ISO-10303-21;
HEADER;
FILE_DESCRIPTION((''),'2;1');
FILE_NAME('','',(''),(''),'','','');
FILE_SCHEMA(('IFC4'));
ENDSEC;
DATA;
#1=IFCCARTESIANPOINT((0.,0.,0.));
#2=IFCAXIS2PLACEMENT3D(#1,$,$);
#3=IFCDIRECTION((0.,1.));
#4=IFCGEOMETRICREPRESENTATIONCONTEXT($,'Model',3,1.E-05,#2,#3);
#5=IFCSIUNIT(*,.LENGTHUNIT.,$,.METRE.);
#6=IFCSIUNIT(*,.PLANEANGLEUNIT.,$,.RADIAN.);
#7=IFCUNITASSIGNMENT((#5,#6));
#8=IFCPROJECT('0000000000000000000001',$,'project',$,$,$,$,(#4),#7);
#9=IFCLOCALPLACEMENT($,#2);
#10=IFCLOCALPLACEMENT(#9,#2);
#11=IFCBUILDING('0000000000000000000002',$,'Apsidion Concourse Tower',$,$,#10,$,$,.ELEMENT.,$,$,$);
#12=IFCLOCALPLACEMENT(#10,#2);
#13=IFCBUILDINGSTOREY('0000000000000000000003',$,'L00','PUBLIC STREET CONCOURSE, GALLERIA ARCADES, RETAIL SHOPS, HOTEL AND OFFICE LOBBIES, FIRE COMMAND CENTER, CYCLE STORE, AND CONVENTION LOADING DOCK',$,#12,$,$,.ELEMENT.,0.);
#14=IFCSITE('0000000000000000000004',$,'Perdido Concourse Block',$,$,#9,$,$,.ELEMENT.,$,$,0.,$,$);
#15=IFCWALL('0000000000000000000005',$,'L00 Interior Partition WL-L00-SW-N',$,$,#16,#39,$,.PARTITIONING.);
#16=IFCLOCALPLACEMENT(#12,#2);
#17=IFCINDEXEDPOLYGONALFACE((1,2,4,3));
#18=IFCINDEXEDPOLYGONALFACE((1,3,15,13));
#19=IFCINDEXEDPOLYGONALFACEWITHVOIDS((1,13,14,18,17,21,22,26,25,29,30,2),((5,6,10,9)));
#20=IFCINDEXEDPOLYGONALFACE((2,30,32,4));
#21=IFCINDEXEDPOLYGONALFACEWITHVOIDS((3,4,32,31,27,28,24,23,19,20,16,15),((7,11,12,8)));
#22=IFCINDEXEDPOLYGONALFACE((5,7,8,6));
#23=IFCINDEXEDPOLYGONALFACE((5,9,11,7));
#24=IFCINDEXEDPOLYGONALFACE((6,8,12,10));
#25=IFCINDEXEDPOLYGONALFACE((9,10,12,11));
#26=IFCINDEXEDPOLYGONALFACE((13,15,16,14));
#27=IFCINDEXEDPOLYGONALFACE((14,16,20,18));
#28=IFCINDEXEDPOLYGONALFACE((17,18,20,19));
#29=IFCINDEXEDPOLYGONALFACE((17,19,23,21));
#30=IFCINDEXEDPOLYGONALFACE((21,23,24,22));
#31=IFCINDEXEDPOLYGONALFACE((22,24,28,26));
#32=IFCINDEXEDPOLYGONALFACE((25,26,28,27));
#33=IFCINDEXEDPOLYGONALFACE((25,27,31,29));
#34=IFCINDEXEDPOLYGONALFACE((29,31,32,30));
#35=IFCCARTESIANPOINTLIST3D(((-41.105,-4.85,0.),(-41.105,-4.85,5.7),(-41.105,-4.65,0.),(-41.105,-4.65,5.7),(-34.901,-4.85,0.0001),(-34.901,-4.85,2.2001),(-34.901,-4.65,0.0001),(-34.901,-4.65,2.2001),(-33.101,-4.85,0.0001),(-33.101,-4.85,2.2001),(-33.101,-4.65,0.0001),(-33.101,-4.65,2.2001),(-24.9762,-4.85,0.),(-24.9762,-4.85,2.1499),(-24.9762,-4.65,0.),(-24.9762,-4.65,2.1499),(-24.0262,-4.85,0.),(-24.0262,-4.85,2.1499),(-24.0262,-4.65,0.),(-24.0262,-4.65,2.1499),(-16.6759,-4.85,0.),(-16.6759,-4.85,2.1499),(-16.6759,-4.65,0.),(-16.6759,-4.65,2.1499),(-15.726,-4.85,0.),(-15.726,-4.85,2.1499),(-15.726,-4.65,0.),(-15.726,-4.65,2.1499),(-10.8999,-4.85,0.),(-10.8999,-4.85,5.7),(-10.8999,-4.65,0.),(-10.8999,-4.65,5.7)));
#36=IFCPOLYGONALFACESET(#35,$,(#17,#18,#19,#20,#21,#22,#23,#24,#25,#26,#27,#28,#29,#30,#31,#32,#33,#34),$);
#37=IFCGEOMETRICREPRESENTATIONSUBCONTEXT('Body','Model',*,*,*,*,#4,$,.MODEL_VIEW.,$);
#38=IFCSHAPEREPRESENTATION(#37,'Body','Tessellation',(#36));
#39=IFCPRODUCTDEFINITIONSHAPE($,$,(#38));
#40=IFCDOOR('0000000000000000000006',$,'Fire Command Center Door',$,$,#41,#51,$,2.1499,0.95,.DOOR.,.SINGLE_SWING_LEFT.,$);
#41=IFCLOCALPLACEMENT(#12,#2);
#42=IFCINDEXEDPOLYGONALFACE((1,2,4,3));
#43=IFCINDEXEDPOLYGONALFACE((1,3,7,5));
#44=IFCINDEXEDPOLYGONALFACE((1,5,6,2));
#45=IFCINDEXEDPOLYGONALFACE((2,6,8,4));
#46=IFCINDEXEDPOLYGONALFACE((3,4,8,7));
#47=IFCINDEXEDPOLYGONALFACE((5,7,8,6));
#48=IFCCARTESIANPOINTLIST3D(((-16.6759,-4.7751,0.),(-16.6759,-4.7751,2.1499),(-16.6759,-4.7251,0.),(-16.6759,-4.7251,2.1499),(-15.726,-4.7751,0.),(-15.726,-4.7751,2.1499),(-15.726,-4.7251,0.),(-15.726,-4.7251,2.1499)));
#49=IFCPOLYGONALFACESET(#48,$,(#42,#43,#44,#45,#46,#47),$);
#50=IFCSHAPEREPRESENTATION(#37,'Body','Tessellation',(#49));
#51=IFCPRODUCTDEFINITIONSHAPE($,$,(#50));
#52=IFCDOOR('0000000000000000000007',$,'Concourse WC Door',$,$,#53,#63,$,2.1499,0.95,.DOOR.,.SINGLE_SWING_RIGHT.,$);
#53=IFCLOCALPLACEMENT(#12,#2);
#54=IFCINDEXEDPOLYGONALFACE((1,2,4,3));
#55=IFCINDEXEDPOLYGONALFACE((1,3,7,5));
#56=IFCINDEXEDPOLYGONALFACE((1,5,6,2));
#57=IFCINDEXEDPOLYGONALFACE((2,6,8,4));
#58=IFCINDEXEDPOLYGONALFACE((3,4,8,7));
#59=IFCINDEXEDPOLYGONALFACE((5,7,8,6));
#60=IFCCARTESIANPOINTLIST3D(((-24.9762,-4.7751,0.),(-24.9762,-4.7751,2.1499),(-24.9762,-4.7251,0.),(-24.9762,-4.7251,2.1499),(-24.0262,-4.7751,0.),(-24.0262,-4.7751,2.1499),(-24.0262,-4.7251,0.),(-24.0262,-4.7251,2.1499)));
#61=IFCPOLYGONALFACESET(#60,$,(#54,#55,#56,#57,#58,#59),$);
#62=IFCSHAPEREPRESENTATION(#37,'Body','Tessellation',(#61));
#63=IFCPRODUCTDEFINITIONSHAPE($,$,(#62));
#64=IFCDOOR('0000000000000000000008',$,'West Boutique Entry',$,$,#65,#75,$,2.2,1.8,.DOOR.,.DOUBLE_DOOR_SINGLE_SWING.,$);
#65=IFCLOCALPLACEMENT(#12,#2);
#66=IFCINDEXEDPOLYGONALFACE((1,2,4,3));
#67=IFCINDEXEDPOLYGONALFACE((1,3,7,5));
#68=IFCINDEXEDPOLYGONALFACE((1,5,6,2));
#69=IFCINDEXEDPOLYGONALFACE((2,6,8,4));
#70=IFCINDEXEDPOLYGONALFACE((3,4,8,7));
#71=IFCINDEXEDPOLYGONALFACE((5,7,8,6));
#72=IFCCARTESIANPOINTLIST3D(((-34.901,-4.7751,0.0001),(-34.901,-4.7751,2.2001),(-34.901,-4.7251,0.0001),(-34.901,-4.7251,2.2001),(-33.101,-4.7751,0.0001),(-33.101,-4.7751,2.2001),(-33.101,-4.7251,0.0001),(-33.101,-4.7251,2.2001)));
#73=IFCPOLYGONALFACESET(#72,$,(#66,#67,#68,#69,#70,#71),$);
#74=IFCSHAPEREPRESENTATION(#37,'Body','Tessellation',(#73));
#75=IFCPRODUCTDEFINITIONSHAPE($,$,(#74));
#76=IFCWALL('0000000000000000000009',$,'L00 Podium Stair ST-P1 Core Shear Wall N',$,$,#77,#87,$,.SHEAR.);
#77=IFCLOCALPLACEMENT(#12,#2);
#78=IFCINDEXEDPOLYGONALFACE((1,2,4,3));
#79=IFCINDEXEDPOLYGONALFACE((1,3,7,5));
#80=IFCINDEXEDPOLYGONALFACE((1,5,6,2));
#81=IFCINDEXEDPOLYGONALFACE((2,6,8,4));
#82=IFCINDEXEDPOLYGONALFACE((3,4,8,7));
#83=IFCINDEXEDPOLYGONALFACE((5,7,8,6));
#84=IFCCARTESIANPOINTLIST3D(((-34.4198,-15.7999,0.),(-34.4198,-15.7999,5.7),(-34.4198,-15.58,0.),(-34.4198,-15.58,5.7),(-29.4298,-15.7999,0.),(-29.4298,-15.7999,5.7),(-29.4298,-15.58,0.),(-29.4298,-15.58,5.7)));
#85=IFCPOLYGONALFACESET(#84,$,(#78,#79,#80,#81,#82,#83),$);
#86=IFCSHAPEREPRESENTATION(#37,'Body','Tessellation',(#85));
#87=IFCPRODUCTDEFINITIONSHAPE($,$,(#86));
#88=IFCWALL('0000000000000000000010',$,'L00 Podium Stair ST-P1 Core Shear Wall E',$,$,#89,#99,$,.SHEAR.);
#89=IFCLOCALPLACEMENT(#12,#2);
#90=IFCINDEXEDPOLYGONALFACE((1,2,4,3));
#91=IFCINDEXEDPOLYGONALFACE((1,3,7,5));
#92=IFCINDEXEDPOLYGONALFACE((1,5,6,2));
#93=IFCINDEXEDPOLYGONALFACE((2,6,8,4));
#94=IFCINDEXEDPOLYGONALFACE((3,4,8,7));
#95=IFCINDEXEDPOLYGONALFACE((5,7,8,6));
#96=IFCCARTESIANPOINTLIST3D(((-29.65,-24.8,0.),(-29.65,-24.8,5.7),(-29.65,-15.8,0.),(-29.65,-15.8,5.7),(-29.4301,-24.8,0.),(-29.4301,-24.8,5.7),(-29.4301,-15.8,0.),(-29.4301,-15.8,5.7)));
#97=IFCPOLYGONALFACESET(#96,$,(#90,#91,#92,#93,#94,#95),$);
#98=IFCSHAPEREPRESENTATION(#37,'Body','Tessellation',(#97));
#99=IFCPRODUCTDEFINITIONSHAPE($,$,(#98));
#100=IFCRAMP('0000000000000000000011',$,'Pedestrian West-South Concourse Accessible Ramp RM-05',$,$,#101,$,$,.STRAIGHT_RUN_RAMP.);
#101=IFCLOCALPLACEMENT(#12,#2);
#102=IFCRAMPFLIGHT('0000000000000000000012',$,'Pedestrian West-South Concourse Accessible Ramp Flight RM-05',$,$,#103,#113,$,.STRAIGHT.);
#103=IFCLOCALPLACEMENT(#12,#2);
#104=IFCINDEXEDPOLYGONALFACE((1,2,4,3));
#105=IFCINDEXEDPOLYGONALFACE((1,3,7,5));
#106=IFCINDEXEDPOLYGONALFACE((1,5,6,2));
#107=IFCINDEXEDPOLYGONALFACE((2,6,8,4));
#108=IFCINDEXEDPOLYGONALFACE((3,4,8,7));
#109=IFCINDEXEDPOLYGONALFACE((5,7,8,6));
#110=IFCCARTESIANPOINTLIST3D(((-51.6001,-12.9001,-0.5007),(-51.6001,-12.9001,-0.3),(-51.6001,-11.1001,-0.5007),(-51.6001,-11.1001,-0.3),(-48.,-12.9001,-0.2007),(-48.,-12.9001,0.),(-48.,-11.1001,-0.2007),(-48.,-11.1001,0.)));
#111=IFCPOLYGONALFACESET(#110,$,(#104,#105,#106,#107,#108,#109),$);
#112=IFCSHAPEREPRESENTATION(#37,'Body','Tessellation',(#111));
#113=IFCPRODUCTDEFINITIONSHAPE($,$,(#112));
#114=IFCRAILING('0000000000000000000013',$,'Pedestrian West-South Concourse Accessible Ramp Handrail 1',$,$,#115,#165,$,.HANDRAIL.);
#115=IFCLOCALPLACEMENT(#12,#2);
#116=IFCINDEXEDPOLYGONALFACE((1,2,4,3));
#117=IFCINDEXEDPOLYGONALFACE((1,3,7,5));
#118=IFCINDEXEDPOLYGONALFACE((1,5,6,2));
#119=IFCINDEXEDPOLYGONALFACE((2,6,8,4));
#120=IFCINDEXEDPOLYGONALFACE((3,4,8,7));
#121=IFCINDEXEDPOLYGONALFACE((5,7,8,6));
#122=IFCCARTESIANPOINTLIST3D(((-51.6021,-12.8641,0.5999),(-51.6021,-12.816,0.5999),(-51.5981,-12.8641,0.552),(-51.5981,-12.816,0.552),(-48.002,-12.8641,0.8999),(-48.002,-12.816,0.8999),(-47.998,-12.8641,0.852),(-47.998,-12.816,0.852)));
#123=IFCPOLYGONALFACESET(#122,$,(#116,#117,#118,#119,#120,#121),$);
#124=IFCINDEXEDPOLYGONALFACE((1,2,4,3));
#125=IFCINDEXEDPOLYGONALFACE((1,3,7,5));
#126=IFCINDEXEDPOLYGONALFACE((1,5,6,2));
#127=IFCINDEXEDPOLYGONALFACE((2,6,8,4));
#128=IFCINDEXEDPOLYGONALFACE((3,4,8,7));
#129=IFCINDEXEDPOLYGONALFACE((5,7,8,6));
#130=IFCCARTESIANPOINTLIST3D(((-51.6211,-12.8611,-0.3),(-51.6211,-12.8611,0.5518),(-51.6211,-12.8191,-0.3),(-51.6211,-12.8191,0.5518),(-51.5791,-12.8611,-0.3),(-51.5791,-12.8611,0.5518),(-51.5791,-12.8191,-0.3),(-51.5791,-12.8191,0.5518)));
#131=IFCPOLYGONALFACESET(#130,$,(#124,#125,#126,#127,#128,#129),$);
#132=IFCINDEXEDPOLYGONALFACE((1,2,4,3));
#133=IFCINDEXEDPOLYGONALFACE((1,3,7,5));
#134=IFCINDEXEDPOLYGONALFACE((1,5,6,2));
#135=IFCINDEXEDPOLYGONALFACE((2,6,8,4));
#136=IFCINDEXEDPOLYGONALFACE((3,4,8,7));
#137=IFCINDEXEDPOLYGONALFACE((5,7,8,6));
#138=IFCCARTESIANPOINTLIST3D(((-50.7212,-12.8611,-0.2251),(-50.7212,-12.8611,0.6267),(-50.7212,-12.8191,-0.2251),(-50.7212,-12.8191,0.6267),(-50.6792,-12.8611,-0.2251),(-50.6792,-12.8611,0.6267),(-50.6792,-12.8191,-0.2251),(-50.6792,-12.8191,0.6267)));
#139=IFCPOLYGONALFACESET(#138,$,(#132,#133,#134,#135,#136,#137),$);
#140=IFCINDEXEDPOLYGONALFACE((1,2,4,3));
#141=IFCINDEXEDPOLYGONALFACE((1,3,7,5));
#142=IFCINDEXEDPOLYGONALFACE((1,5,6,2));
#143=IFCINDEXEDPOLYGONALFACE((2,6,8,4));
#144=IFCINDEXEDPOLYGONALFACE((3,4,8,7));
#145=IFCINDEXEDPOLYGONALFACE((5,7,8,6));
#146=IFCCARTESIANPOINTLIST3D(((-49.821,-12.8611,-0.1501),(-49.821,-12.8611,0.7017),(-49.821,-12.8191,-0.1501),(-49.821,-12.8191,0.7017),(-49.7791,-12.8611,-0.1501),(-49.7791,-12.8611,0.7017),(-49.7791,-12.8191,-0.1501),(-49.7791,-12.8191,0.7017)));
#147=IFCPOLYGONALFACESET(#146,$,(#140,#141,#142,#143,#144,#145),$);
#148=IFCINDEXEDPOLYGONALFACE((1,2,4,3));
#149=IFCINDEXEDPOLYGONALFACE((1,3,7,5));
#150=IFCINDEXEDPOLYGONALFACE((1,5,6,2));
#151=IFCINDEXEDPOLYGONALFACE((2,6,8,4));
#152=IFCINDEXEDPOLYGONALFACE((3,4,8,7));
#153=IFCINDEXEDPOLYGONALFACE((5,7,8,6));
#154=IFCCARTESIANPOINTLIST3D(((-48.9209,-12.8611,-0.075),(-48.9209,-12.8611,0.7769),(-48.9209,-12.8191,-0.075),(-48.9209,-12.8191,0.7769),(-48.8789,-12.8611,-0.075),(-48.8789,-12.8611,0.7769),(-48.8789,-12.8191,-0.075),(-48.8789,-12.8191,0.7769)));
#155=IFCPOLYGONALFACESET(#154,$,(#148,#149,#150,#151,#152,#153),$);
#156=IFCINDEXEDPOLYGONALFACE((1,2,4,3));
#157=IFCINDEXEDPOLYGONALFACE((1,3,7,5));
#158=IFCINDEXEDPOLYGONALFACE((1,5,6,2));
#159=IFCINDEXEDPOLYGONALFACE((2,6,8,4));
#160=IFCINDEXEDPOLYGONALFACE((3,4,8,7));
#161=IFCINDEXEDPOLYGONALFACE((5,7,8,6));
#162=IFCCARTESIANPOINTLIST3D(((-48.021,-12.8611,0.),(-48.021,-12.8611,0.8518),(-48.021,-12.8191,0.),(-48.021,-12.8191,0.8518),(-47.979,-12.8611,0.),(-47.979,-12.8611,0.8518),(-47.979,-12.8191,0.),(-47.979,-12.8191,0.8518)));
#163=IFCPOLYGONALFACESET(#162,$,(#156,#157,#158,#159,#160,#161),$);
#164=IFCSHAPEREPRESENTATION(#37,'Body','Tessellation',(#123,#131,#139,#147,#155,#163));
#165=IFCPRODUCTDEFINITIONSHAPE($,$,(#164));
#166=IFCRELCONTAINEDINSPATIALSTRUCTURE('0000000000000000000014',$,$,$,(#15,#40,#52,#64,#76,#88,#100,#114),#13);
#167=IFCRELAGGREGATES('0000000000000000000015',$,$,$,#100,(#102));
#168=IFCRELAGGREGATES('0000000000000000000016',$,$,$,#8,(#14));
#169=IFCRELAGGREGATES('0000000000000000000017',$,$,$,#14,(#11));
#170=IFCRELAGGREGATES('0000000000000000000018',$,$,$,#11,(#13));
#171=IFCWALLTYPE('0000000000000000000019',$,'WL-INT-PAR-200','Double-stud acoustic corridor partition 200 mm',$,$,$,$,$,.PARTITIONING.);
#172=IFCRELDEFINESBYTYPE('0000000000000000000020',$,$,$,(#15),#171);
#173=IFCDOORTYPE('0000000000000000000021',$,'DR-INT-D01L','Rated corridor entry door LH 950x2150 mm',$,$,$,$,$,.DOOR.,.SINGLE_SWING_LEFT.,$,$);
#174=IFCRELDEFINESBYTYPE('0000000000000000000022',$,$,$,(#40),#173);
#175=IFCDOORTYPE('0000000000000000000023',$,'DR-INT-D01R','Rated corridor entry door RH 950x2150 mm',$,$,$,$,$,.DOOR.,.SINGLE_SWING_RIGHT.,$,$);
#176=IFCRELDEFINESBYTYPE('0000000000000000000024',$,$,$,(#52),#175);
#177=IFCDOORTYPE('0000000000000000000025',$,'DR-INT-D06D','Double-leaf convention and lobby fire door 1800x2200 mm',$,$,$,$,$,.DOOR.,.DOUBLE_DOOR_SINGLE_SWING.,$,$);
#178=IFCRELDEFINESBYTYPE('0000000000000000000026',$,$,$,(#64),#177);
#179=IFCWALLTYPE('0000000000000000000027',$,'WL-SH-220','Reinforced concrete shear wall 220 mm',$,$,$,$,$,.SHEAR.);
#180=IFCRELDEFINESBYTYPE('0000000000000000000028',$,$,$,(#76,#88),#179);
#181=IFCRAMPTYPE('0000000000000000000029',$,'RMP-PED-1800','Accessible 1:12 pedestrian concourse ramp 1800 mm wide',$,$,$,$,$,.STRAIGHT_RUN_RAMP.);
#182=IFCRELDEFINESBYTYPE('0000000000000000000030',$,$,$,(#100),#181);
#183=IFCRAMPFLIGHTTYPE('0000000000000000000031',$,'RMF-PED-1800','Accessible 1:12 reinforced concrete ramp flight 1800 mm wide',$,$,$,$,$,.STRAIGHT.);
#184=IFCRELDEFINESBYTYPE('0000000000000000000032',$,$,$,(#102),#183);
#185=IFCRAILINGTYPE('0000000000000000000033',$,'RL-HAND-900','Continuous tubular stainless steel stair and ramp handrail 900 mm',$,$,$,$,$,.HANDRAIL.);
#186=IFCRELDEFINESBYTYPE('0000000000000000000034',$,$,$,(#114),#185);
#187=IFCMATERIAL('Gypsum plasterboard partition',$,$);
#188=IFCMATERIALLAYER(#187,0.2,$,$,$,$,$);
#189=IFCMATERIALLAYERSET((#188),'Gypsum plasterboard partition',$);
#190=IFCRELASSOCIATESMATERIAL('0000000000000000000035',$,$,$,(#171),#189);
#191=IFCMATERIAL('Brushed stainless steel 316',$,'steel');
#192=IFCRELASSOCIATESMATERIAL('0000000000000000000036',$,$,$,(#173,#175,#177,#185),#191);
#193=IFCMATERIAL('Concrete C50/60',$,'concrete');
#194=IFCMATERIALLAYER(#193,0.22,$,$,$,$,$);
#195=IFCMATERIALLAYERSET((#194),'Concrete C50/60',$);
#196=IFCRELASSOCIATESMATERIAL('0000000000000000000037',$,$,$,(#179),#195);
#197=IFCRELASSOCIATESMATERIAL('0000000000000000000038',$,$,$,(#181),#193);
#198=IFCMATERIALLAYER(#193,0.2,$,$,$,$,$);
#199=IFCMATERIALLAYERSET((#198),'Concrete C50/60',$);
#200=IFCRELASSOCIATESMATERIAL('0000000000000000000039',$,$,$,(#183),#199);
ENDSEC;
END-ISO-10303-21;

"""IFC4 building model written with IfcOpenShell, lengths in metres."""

from ifc_helpers import new_model, si_unit, direction, frame, frame_2d, origin, origin_2d, place, context, subcontext, project, spatial, polyline, rectangle, outline, extrude, material, layer, layer_set, type_object, element, fill, aggregate, save


model = new_model("IFC4")

# Units and contexts
model_context = context("Model", 3, precision=1e-05, world=origin(), true_north=direction((0.0, 1.0)))
body_context = subcontext(model_context, "Body", "Model", "MODEL_VIEW")
ifc_project = project(units=[si_unit("LENGTHUNIT", "METRE"), si_unit("PLANEANGLEUNIT", "RADIAN")], contexts=[model_context])

# Site, building, storey
site_placement = place(None, origin())
site = spatial("IfcSite", under=ifc_project, at=site_placement, Name="Perdido Concourse Block", CompositionType="ELEMENT", RefElevation=0.0)
building_placement = place(site_placement, origin())
building = spatial("IfcBuilding", under=site, at=building_placement, Name="Apsidion Concourse Tower", CompositionType="ELEMENT")
storey_placement = place(building_placement, origin())
storey = spatial("IfcBuildingStorey", under=building, at=storey_placement, Name="L00", Description="PUBLIC STREET CONCOURSE, GALLERIA ARCADES, RETAIL SHOPS, HOTEL AND OFFICE LOBBIES, FIRE COMMAND CENTER, CYCLE STORE, AND CONVENTION LOADING DOCK", CompositionType="ELEMENT", Elevation=0.0)

# Shared definitions
ifc_material_1 = material(Name="Gypsum plasterboard partition")

# Wall, openings, doors
ifc_layer_1 = layer(ifc_material_1, 0.2)
ifc_layer_set_1 = layer_set([ifc_layer_1], Name="Gypsum plasterboard partition")
wall_type_1 = type_object("IfcWallType", Name="WL-INT-PAR-200", Description="Double-stud acoustic corridor partition 200 mm", PredefinedType="PARTITIONING", material=ifc_layer_set_1)
wall_1_placement = place(storey_placement, frame((-41.105, -4.75, 0.0), z_axis=(0.0, 0.0, 1.0), x_axis=(1.0, 0.0, 0.0)))
wall_1 = element("IfcWall", 1, at=wall_1_placement, inside=storey, type_object=wall_type_1, Name="L00 Interior Partition WL-L00-SW-N", PredefinedType="PARTITIONING", context=body_context, shape_type="SweptSolid", body=[
    extrude(rectangle(XDim=30.2051, YDim=0.2, at=frame_2d((15.1025, 0.0))), origin(), (0.0, 0.0, 1.0), 5.7),
])
opening_1_placement = place(wall_1_placement, frame((24.429, 0.0, 0.0)))
opening_1 = element("IfcOpeningElement", 2, at=opening_1_placement, cuts=wall_1, PredefinedType="OPENING", context=body_context, shape_type="SweptSolid", body=[
    extrude(rectangle(XDim=0.95, YDim=2.1499, at=frame_2d((0.4751, 1.075))), frame((0.0, 0.1099, 0.0), z_axis=(0.0, -1.0, 0.0), x_axis=(1.0, 0.0, 0.0)), (0.0, 0.0, 1.0), 0.22),
])
opening_2_placement = place(wall_1_placement, frame((16.1287, 0.0, 0.0)))
opening_2 = element("IfcOpeningElement", 3, at=opening_2_placement, cuts=wall_1, PredefinedType="OPENING", context=body_context, shape_type="SweptSolid", body=[
    extrude(rectangle(XDim=0.95, YDim=2.1499, at=frame_2d((0.4751, 1.075))), frame((0.0, 0.1099, 0.0), z_axis=(0.0, -1.0, 0.0), x_axis=(1.0, 0.0, 0.0)), (0.0, 0.0, 1.0), 0.22),
])
opening_3_placement = place(wall_1_placement, frame((6.2041, 0.0, 0.0)))
opening_3 = element("IfcOpeningElement", 4, at=opening_3_placement, cuts=wall_1, PredefinedType="OPENING", context=body_context, shape_type="SweptSolid", body=[
    extrude(rectangle(XDim=1.8, YDim=2.2, at=frame_2d((0.8999, 1.1001))), frame((0.0, 0.1099, 0.0), z_axis=(0.0, -1.0, 0.0), x_axis=(1.0, 0.0, 0.0)), (0.0, 0.0, 1.0), 0.22),
])
ifc_material_2 = material(Name="Brushed stainless steel 316", Category="steel")
door_type_1 = type_object("IfcDoorType", Name="DR-INT-D01L", Description="Rated corridor entry door LH 950x2150 mm", OperationType="SINGLE_SWING_LEFT", PredefinedType="DOOR", material=ifc_material_2)
door_1_placement = place(opening_1_placement, origin())
door_1 = element("IfcDoor", 5, at=door_1_placement, inside=storey, type_object=door_type_1, Name="Fire Command Center Door", OperationType="SINGLE_SWING_LEFT", OverallHeight=2.1499, OverallWidth=0.95, PredefinedType="DOOR", context=body_context, shape_type="SweptSolid", body=[
    extrude(rectangle(XDim=0.95, YDim=2.1499, at=frame_2d((0.4751, 1.075))), frame((0.0, 0.0249, 0.0), z_axis=(0.0, -1.0, 0.0), x_axis=(1.0, 0.0, 0.0)), (0.0, 0.0, 1.0), 0.05),
])
fill(opening_1, door_1)
door_type_2 = type_object("IfcDoorType", Name="DR-INT-D01R", Description="Rated corridor entry door RH 950x2150 mm", OperationType="SINGLE_SWING_RIGHT", PredefinedType="DOOR", material=ifc_material_2)
door_2_placement = place(opening_2_placement, origin())
door_2 = element("IfcDoor", 6, at=door_2_placement, inside=storey, type_object=door_type_2, Name="Concourse WC Door", OperationType="SINGLE_SWING_RIGHT", OverallHeight=2.1499, OverallWidth=0.95, PredefinedType="DOOR", context=body_context, shape_type="SweptSolid", body=[
    extrude(rectangle(XDim=0.95, YDim=2.1499, at=frame_2d((0.4751, 1.075))), frame((0.0, 0.0249, 0.0), z_axis=(0.0, -1.0, 0.0), x_axis=(1.0, 0.0, 0.0)), (0.0, 0.0, 1.0), 0.05),
])
fill(opening_2, door_2)
door_type_3 = type_object("IfcDoorType", Name="DR-INT-D06D", Description="Double-leaf convention and lobby fire door 1800x2200 mm", OperationType="DOUBLE_DOOR_SINGLE_SWING", PredefinedType="DOOR", material=ifc_material_2)
door_3_placement = place(opening_3_placement, origin())
door_3 = element("IfcDoor", 7, at=door_3_placement, inside=storey, type_object=door_type_3, Name="West Boutique Entry", OperationType="DOUBLE_DOOR_SINGLE_SWING", OverallHeight=2.2, OverallWidth=1.8, PredefinedType="DOOR", context=body_context, shape_type="SweptSolid", body=[
    extrude(rectangle(XDim=1.8, YDim=2.2, at=frame_2d((0.8999, 1.1001))), frame((0.0, 0.0249, 0.0), z_axis=(0.0, -1.0, 0.0), x_axis=(1.0, 0.0, 0.0)), (0.0, 0.0, 1.0), 0.05),
])
fill(opening_3, door_3)

# Walls
ifc_material_3 = material(Name="Concrete C50/60", Category="concrete")
ifc_layer_2 = layer(ifc_material_3, 0.22)
ifc_layer_set_2 = layer_set([ifc_layer_2], Name="Concrete C50/60")
wall_type_2 = type_object("IfcWallType", Name="WL-SH-220", Description="Reinforced concrete shear wall 220 mm", PredefinedType="SHEAR", material=ifc_layer_set_2)
wall_2_placement = place(storey_placement, frame((-34.4199, -15.6899, 0.0), z_axis=(0.0, 0.0, 1.0), x_axis=(1.0, 0.0, 0.0)))
element("IfcWall", 8, at=wall_2_placement, inside=storey, type_object=wall_type_2, Name="L00 Podium Stair ST-P1 Core Shear Wall N", PredefinedType="SHEAR", context=body_context, shape_type="SweptSolid", body=[
    extrude(rectangle(XDim=4.99, YDim=0.22, at=frame_2d((2.4951, 0.0))), origin(), (0.0, 0.0, 1.0), 5.7),
])
wall_3_placement = place(storey_placement, frame((-29.54, -15.8, 0.0), z_axis=(0.0, 0.0, 1.0), x_axis=(0.0, -1.0, 0.0)))
element("IfcWall", 9, at=wall_3_placement, inside=storey, type_object=wall_type_2, Name="L00 Podium Stair ST-P1 Core Shear Wall E", PredefinedType="SHEAR", context=body_context, shape_type="SweptSolid", body=[
    extrude(rectangle(XDim=9.0, YDim=0.22, at=frame_2d((4.5, 0.0))), origin(), (0.0, 0.0, 1.0), 5.7),
])

# Ramp, ramp flight
ramp_type = type_object("IfcRampType", Name="RMP-PED-1800", Description="Accessible 1:12 pedestrian concourse ramp 1800 mm wide", PredefinedType="STRAIGHT_RUN_RAMP", material=ifc_material_3)
ramp_placement = place(storey_placement, origin())
ramp = element("IfcRamp", 10, at=ramp_placement, inside=storey, type_object=ramp_type, Name="Pedestrian West-South Concourse Accessible Ramp RM-05", PredefinedType="STRAIGHT_RUN_RAMP")
ifc_layer_3 = layer(ifc_material_3, 0.2)
ifc_layer_set_3 = layer_set([ifc_layer_3], Name="Concrete C50/60")
ramp_flight_type = type_object("IfcRampFlightType", Name="RMF-PED-1800", Description="Accessible 1:12 reinforced concrete ramp flight 1800 mm wide", PredefinedType="STRAIGHT", material=ifc_layer_set_3)
ramp_flight_placement = place(storey_placement, frame((-51.6001, -12.0, -0.3), z_axis=(0.0, 0.0, 1.0), x_axis=(1.0, 0.0, 0.0)))
ramp_flight = element("IfcRampFlight", 11, at=ramp_flight_placement, type_object=ramp_flight_type, Name="Pedestrian West-South Concourse Accessible Ramp Flight RM-05", PredefinedType="STRAIGHT", context=body_context, shape_type="SweptSolid", body=[
    extrude(outline(polyline([(0.0, 0.0), (3.6001, 0.3), (3.6001, 0.0994), (0.0, -0.2007), (0.0, 0.0)])), frame((0.0, 0.8999, 0.0), z_axis=(0.0, -1.0, 0.0), x_axis=(1.0, 0.0, 0.0)), (0.0, 0.0, 1.0), 1.8),
])
aggregate(ramp, [ramp_flight])

# Railing
railing_type = type_object("IfcRailingType", Name="RL-HAND-900", Description="Continuous tubular stainless steel stair and ramp handrail 900 mm", PredefinedType="HANDRAIL", material=ifc_material_2)
for number, where, name in (
    (12, (-51.6001, -12.8401, -0.3), "Pedestrian West-South Concourse Accessible Ramp Handrail 1"),
):
    element("IfcRailing", number, at=place(storey_placement, frame(where)), inside=storey, type_object=railing_type, Name=name, PredefinedType="HANDRAIL", context=body_context, shape_type="SweptSolid", body=[
        extrude(rectangle(XDim=0.0481, YDim=0.0481, at=origin_2d()), frame((0.0, 0.0, 0.876), z_axis=(0.996545, 0.0, 0.083057), x_axis=(0.0, 1.0, 0.0)), (0.0, 0.0, 1.0), 3.6125),
        extrude(rectangle(XDim=0.042, YDim=0.042, at=origin_2d()), origin(), (0.0, 0.0, 1.0), 0.8518),
        extrude(rectangle(XDim=0.042, YDim=0.042, at=origin_2d()), frame((0.8999, 0.0, 0.075)), (0.0, 0.0, 1.0), 0.8518),
        extrude(rectangle(XDim=0.042, YDim=0.042, at=origin_2d()), frame((1.8, 0.0, 0.1499)), (0.0, 0.0, 1.0), 0.8518),
        extrude(rectangle(XDim=0.042, YDim=0.042, at=origin_2d()), frame((2.7002, 0.0, 0.2251)), (0.0, 0.0, 1.0), 0.8518),
        extrude(rectangle(XDim=0.042, YDim=0.042, at=origin_2d()), frame((3.6001, 0.0, 0.3)), (0.0, 0.0, 1.0), 0.8518),
    ])

save(model, "model.ifc")
